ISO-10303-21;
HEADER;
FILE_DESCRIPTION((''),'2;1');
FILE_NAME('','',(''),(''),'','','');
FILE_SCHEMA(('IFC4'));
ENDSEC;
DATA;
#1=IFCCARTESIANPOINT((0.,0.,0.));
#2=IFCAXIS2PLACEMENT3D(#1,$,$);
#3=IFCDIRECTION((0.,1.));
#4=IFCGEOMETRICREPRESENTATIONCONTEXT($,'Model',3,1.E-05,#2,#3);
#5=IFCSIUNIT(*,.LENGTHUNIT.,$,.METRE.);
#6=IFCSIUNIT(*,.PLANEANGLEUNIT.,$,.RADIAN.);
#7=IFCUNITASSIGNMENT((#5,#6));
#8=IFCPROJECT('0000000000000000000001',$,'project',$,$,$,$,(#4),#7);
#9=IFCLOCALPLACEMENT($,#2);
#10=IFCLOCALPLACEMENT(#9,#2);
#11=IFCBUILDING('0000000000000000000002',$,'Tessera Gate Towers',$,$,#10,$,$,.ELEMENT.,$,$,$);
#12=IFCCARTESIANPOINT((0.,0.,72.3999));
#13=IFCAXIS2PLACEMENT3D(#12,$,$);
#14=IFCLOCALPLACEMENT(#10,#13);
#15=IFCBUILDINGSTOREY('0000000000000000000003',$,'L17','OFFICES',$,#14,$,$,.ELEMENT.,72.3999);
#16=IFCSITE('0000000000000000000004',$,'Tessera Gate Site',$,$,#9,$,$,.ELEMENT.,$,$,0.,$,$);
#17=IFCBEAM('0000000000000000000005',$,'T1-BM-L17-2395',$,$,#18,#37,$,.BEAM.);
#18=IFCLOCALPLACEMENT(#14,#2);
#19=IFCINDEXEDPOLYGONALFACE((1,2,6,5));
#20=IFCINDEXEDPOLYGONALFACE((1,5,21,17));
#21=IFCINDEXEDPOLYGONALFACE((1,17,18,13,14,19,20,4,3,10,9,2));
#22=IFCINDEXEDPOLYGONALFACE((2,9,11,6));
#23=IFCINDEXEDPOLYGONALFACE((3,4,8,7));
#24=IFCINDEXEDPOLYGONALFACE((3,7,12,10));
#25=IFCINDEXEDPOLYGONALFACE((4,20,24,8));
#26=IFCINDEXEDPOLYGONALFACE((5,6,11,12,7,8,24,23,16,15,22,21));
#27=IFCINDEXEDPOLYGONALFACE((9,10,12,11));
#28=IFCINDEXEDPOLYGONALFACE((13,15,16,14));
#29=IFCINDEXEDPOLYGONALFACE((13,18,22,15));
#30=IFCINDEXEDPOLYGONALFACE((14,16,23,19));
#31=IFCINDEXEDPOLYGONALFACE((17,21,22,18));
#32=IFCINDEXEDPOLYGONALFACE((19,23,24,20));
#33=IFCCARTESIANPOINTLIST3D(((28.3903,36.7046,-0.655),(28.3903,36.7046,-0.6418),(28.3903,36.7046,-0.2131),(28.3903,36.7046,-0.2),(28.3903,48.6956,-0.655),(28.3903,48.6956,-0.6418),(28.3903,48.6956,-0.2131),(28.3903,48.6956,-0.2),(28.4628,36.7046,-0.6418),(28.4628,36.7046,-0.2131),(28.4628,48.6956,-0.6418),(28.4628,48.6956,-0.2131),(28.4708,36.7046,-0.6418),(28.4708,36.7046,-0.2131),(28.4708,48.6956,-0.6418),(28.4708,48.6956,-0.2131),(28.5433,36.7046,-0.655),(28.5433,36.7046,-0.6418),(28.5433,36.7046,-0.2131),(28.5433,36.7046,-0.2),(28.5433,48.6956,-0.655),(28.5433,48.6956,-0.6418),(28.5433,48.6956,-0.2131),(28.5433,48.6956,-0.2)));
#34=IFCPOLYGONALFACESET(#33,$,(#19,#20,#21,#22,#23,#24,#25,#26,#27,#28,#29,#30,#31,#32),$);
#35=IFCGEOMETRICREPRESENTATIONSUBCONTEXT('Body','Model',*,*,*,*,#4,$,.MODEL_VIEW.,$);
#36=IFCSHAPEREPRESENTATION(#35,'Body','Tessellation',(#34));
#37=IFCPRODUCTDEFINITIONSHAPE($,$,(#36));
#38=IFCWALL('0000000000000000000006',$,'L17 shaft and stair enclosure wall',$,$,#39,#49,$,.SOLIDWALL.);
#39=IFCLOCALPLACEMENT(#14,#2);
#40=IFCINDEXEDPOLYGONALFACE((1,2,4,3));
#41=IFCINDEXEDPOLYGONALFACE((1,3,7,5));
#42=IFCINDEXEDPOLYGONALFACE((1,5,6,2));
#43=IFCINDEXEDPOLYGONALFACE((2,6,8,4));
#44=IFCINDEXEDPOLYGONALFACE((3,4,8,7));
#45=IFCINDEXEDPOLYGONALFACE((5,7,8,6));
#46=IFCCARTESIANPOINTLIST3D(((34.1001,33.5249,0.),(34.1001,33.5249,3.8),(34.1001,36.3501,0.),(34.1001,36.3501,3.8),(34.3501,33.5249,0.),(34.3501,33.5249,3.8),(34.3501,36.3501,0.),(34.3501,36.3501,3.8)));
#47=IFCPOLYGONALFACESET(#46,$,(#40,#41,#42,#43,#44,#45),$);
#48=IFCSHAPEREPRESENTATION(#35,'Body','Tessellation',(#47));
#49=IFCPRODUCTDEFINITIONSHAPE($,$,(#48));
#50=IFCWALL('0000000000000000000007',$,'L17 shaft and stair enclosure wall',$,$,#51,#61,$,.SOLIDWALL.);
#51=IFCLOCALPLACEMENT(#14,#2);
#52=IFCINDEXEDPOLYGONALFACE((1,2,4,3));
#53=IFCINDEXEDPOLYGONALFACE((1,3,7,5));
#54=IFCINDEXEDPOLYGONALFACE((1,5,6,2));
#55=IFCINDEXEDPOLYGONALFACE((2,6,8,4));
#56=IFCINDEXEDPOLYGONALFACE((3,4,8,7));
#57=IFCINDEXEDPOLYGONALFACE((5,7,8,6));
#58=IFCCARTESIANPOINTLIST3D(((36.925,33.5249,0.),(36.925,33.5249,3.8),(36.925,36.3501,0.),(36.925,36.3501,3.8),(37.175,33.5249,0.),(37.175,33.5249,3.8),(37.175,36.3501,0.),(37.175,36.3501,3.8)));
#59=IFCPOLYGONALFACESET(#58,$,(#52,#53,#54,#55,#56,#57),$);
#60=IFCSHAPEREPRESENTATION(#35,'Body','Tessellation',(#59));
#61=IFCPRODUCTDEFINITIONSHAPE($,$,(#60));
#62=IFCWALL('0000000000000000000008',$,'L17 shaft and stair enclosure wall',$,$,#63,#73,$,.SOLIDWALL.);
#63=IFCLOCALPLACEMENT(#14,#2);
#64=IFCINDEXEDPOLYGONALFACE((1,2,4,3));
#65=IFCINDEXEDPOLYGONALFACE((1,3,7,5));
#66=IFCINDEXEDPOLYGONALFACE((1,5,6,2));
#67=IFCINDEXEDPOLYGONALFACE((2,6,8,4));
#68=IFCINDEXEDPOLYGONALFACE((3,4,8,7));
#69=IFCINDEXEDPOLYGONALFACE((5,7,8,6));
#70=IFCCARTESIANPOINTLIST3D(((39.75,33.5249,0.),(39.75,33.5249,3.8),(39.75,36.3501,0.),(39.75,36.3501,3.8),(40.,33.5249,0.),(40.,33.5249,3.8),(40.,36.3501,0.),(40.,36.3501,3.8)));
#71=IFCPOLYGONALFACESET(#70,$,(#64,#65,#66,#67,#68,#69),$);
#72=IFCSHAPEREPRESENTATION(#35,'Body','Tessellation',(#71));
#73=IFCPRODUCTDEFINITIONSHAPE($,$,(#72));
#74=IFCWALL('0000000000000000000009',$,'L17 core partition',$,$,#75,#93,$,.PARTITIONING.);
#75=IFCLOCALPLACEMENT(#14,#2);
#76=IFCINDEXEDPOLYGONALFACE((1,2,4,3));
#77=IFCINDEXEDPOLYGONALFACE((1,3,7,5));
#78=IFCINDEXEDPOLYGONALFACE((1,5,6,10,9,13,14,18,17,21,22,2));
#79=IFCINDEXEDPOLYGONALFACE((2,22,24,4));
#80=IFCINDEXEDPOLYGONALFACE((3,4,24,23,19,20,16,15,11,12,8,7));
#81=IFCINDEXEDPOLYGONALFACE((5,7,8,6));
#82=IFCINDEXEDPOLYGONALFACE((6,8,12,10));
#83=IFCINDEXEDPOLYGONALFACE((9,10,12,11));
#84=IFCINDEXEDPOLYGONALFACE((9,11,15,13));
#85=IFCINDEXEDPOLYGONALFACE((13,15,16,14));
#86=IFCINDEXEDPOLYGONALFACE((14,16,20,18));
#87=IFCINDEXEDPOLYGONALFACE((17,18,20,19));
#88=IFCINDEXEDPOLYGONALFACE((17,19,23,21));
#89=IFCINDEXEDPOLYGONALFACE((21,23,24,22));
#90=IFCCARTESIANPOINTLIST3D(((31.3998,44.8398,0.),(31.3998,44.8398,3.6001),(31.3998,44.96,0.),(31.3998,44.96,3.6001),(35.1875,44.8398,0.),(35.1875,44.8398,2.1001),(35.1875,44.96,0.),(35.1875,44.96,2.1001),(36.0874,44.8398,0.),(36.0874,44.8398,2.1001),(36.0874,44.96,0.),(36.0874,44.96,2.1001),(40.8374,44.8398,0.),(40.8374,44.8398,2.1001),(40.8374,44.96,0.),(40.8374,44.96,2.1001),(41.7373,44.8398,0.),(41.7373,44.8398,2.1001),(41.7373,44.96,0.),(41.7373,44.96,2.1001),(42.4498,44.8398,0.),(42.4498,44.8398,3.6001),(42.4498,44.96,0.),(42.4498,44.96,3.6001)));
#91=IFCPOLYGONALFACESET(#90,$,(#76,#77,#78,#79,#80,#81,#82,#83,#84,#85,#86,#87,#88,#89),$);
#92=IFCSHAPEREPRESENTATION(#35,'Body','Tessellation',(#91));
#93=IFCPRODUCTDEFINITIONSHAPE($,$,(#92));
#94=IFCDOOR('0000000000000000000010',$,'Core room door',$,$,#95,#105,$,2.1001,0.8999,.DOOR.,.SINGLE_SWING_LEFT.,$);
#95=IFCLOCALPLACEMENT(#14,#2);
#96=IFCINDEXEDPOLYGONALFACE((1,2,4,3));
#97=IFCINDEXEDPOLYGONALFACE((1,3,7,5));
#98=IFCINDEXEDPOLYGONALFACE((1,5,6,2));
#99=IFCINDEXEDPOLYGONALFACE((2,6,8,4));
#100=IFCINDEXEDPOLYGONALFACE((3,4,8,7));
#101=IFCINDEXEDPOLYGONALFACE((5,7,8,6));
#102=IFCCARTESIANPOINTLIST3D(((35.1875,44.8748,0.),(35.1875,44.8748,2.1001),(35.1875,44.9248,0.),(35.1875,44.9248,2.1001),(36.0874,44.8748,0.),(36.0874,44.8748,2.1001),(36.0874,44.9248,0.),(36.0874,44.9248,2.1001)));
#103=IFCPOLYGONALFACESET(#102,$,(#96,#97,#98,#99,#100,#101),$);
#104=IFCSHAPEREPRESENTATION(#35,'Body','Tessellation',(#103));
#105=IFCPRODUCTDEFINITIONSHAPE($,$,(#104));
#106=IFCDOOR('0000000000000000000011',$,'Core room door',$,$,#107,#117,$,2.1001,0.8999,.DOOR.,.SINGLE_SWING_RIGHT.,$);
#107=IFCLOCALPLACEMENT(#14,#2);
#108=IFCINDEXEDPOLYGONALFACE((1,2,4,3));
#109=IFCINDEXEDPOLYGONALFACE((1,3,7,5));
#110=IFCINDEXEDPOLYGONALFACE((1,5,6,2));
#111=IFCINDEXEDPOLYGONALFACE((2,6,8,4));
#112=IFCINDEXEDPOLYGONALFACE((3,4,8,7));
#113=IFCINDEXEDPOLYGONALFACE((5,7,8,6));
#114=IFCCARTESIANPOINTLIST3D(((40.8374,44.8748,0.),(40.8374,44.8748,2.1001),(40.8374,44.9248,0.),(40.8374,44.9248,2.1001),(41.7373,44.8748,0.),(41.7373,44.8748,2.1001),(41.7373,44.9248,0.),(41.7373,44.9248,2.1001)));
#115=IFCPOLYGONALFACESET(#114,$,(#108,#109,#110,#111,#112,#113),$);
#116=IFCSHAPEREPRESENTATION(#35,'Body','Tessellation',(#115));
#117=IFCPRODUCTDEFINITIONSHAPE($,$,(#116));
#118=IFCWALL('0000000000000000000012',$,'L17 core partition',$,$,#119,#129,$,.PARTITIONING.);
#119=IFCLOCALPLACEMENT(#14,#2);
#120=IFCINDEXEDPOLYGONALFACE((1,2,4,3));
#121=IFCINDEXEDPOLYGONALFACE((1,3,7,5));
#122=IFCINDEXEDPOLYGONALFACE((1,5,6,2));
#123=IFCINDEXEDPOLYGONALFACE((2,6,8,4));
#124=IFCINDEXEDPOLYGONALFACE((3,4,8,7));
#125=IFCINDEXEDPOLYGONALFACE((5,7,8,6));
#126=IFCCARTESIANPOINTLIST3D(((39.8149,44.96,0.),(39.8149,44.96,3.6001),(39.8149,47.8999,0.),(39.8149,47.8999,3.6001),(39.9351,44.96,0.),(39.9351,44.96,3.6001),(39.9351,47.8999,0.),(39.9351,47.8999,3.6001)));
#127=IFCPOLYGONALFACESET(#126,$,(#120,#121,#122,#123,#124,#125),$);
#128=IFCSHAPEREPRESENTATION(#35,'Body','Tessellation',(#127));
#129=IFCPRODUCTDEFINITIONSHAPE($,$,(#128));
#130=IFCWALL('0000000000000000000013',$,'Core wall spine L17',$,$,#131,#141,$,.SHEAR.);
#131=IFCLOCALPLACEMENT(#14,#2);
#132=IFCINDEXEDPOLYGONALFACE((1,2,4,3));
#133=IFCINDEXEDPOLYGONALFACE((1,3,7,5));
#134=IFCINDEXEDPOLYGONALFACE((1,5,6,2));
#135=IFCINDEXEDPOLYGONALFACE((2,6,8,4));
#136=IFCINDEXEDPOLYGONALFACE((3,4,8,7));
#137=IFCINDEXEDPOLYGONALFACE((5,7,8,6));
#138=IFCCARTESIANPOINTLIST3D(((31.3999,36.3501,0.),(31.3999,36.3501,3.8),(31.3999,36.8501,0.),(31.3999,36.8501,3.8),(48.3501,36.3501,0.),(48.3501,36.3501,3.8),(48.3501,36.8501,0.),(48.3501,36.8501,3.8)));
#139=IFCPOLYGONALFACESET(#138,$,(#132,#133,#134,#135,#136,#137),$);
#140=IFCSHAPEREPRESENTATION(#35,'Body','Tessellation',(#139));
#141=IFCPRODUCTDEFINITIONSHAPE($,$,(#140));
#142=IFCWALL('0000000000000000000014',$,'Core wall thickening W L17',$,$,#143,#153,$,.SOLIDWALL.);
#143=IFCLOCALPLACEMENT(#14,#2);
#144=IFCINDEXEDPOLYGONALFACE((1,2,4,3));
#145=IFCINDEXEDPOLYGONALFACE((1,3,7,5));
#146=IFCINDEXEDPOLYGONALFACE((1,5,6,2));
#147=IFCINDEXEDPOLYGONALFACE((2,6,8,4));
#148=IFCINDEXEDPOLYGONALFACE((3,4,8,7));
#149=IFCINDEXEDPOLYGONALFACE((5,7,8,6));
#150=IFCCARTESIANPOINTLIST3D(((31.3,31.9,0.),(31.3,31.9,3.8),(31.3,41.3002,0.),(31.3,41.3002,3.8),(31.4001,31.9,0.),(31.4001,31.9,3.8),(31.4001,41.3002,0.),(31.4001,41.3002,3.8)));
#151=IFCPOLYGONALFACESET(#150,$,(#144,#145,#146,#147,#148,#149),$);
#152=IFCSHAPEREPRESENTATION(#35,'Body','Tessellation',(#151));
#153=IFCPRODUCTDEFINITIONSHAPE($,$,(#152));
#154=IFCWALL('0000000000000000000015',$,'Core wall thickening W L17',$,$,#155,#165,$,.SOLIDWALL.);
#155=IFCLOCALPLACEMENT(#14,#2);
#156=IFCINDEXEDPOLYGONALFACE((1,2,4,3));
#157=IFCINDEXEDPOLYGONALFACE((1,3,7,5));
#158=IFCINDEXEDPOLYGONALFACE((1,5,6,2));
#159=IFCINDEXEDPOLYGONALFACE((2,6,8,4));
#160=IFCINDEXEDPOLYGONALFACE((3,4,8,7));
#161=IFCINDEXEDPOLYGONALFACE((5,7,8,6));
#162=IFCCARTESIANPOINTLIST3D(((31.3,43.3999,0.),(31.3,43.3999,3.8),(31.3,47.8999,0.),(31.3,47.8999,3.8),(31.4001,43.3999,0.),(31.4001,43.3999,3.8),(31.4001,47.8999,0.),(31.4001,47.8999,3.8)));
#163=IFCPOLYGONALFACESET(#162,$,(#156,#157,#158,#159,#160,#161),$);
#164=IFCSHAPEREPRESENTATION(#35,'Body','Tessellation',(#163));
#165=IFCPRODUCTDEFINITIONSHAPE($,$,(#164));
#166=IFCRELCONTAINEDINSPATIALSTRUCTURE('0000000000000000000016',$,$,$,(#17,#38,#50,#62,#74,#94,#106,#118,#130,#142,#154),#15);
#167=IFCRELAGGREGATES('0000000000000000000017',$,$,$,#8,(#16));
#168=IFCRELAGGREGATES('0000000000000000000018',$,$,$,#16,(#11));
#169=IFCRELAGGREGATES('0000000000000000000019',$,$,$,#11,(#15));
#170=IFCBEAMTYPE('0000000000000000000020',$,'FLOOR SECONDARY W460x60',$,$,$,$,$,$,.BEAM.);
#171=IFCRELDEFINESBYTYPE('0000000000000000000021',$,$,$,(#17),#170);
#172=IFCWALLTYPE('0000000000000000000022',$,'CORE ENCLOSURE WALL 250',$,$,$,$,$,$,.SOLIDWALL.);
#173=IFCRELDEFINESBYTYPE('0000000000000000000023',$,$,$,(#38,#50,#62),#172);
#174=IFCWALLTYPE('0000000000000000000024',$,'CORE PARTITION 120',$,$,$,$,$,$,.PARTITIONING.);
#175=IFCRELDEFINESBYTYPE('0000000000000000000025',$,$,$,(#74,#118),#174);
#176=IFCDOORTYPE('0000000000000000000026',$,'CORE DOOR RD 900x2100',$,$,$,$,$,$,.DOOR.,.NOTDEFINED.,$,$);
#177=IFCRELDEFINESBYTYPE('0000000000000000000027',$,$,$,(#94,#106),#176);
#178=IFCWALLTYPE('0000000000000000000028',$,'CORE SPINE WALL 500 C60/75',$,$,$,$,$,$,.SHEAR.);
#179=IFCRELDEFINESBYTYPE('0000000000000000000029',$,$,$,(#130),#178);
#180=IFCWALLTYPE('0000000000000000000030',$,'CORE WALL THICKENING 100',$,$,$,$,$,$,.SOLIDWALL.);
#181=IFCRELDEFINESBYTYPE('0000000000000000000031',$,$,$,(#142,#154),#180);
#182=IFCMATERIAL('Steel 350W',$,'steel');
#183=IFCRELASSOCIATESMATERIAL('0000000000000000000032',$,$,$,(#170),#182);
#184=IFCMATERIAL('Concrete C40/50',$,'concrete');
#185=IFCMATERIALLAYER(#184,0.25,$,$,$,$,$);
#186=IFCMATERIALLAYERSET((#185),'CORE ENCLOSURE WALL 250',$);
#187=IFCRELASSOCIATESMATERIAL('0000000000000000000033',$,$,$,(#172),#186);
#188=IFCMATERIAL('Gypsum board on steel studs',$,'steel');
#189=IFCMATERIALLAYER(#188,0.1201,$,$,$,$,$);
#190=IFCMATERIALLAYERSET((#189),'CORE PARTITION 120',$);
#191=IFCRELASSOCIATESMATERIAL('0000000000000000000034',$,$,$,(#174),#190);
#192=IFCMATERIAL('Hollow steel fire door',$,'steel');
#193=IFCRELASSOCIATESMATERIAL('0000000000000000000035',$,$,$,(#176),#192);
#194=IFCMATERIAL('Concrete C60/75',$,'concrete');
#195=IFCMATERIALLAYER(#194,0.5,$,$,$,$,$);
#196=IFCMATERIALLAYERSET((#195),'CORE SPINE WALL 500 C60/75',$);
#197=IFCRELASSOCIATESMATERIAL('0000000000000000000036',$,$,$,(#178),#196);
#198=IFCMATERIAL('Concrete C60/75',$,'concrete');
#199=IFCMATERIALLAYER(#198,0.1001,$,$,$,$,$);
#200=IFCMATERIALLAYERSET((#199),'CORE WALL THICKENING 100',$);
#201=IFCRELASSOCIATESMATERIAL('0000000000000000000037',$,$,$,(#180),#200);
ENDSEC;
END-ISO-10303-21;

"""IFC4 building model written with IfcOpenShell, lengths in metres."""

from ifc_helpers import new_model, si_unit, direction, frame, frame_2d, origin, origin_2d, place, context, subcontext, project, spatial, rectangle, i_section, extrude, source, transform, mapped, material, layer, layer_set, material_profile, profile_set, type_object, element, fill, save


model = new_model("IFC4")

# Units and contexts
model_context = context("Model", 3, precision=1e-05, world=origin(), true_north=direction((0.0, 1.0)))
body_context = subcontext(model_context, "Body", "Model", "MODEL_VIEW")
ifc_project = project(units=[si_unit("LENGTHUNIT", "METRE"), si_unit("PLANEANGLEUNIT", "RADIAN")], contexts=[model_context])

# Site, building, storey
site_placement = place(None, origin())
site = spatial("IfcSite", under=ifc_project, at=site_placement, Name="Tessera Gate Site", CompositionType="ELEMENT", RefElevation=0.0)
building_placement = place(site_placement, origin())
building = spatial("IfcBuilding", under=site, at=building_placement, Name="Tessera Gate Towers", CompositionType="ELEMENT")
storey_placement = place(building_placement, frame((0.0, 0.0, 72.3999)))
storey = spatial("IfcBuildingStorey", under=building, at=storey_placement, Name="L17", Description="OFFICES", CompositionType="ELEMENT", Elevation=72.3999)

# Beam
ifc_material_1 = material(Name="Steel 350W", Category="steel")
ifc_material_profile = material_profile(ifc_material_1, i_section(OverallWidth=0.1531, OverallDepth=0.4551, WebThickness=0.0081, FlangeThickness=0.0132, at=origin_2d()), Name="W460x60")
ifc_profile_set = profile_set([ifc_material_profile], Name="Steel 350W")
beam_type = type_object("IfcBeamType", Name="FLOOR SECONDARY W460x60", PredefinedType="BEAM", material=ifc_profile_set)
beam_placement = place(storey_placement, frame((28.4668, 36.7046, -0.4275), z_axis=(0.0, 1.0, 0.0), x_axis=(-1.0, 0.0, 0.0)))
element("IfcBeam", 1, at=beam_placement, inside=storey, type_object=beam_type, Name="T1-BM-L17-2395", PredefinedType="BEAM", context=body_context, shape_type="SweptSolid", body=[
    extrude(i_section(OverallWidth=0.1531, OverallDepth=0.4551, WebThickness=0.0081, FlangeThickness=0.0132, at=origin_2d()), origin(), (0.0, 0.0, 1.0), 11.991),
])

# Walls
ifc_material_2 = material(Name="Concrete C40/50", Category="concrete")
ifc_layer_1 = layer(ifc_material_2, 0.25)
ifc_layer_set_1 = layer_set([ifc_layer_1], Name="CORE ENCLOSURE WALL 250")
wall_type_1 = type_object("IfcWallType", Name="CORE ENCLOSURE WALL 250", PredefinedType="SOLIDWALL", material=ifc_layer_set_1)
for number, where, z_axis, x_axis, name in (
    (2, (34.2251, 33.5249, 0.0), (0.0, 0.0, 1.0), (0.0, 1.0, 0.0), "L17 shaft and stair enclosure wall"),
    (3, (37.05, 33.5249, 0.0), (0.0, 0.0, 1.0), (0.0, 1.0, 0.0), "L17 shaft and stair enclosure wall"),
    (4, (39.875, 33.5249, 0.0), (0.0, 0.0, 1.0), (0.0, 1.0, 0.0), "L17 shaft and stair enclosure wall"),
):
    element("IfcWall", number, at=place(storey_placement, frame(where, z_axis=z_axis, x_axis=x_axis)), inside=storey, type_object=wall_type_1, Name=name, PredefinedType="SOLIDWALL", context=body_context, shape_type="SweptSolid", body=[
        extrude(rectangle(XDim=2.8252, YDim=0.25, at=frame_2d((1.4126, 0.0))), origin(), (0.0, 0.0, 1.0), 3.8),
    ])

# Wall, openings, doors
ifc_material_3 = material(Name="Gypsum board on steel studs", Category="steel")
ifc_layer_2 = layer(ifc_material_3, 0.1201)
ifc_layer_set_2 = layer_set([ifc_layer_2], Name="CORE PARTITION 120")
wall_type_2 = type_object("IfcWallType", Name="CORE PARTITION 120", PredefinedType="PARTITIONING", material=ifc_layer_set_2)
wall_1_placement = place(storey_placement, frame((31.3999, 44.8999, 0.0), z_axis=(0.0, 0.0, 1.0), x_axis=(1.0, 0.0, 0.0)))
wall_1 = element("IfcWall", 5, at=wall_1_placement, inside=storey, type_object=wall_type_2, Name="L17 core partition", PredefinedType="PARTITIONING", context=body_context, shape_type="SweptSolid", body=[
    extrude(rectangle(XDim=11.05, YDim=0.1201, at=frame_2d((5.5249, 0.0))), origin(), (0.0, 0.0, 1.0), 3.6001),
])
shared_shape_1 = source(origin(), body_context, "Body", "SweptSolid", [
    extrude(rectangle(XDim=0.8999, YDim=2.1001, at=frame_2d((0.45, 1.05))), frame((0.0, 0.0701, 0.0), z_axis=(0.0, -1.0, 0.0), x_axis=(1.0, 0.0, 0.0)), (0.0, 0.0, 1.0), 0.1401),
])
opening_1_placement = place(wall_1_placement, frame((3.7876, 0.0, 0.0)))
opening_1 = element("IfcOpeningElement", 6, at=opening_1_placement, cuts=wall_1, PredefinedType="OPENING", context=body_context, shape_type="MappedRepresentation", body=[
    mapped(shared_shape_1, transform((0.0, 0.0, 0.0), scale=1.0)),
])
opening_2_placement = place(wall_1_placement, frame((9.4375, 0.0, 0.0)))
opening_2 = element("IfcOpeningElement", 7, at=opening_2_placement, cuts=wall_1, PredefinedType="OPENING", context=body_context, shape_type="MappedRepresentation", body=[
    mapped(shared_shape_1, transform((0.0, 0.0, 0.0), scale=1.0)),
])
ifc_material_4 = material(Name="Hollow steel fire door", Category="steel")
door_type_1 = type_object("IfcDoorType", Name="CORE DOOR RD 900x2100", OperationType="NOTDEFINED", PredefinedType="DOOR", material=ifc_material_4)
shared_shape_2 = source(origin(), body_context, "Body", "SweptSolid", [
    extrude(rectangle(XDim=0.8999, YDim=2.1001, at=frame_2d((0.45, 1.05))), frame((0.0, 0.0249, 0.0), z_axis=(0.0, -1.0, 0.0), x_axis=(1.0, 0.0, 0.0)), (0.0, 0.0, 1.0), 0.05),
])
door_1_placement = place(opening_1_placement, origin())
door_1 = element("IfcDoor", 8, at=door_1_placement, inside=storey, type_object=door_type_1, Name="Core room door", OperationType="SINGLE_SWING_LEFT", OverallHeight=2.1001, OverallWidth=0.8999, PredefinedType="DOOR", context=body_context, shape_type="MappedRepresentation", body=[
    mapped(shared_shape_2, transform((0.0, 0.0, 0.0), scale=1.0)),
])
fill(opening_1, door_1)
door_2_placement = place(opening_2_placement, origin())
door_2 = element("IfcDoor", 9, at=door_2_placement, inside=storey, type_object=door_type_1, Name="Core room door", OperationType="SINGLE_SWING_RIGHT", OverallHeight=2.1001, OverallWidth=0.8999, PredefinedType="DOOR", context=body_context, shape_type="MappedRepresentation", body=[
    mapped(shared_shape_2, transform((0.0, 0.0, 0.0), scale=1.0)),
])
fill(opening_2, door_2)

# Walls
wall_2_placement = place(storey_placement, frame((39.875, 44.96, 0.0), z_axis=(0.0, 0.0, 1.0), x_axis=(0.0, 1.0, 0.0)))
element("IfcWall", 10, at=wall_2_placement, inside=storey, type_object=wall_type_2, Name="L17 core partition", PredefinedType="PARTITIONING", context=body_context, shape_type="SweptSolid", body=[
    extrude(rectangle(XDim=2.9399, YDim=0.1201, at=frame_2d((1.47, 0.0))), origin(), (0.0, 0.0, 1.0), 3.6001),
])
ifc_material_5 = material(Name="Concrete C60/75", Category="concrete")
ifc_layer_3 = layer(ifc_material_5, 0.5)
ifc_layer_set_3 = layer_set([ifc_layer_3], Name="CORE SPINE WALL 500 C60/75")
wall_type_3 = type_object("IfcWallType", Name="CORE SPINE WALL 500 C60/75", PredefinedType="SHEAR", material=ifc_layer_set_3)
wall_3_placement = place(storey_placement, frame((31.3999, 36.6001, 0.0), z_axis=(0.0, 0.0, 1.0), x_axis=(1.0, 0.0, 0.0)))
element("IfcWall", 11, at=wall_3_placement, inside=storey, type_object=wall_type_3, Name="Core wall spine L17", PredefinedType="SHEAR", context=body_context, shape_type="SweptSolid", body=[
    extrude(rectangle(XDim=16.9502, YDim=0.5, at=frame_2d((8.4751, 0.0))), origin(), (0.0, 0.0, 1.0), 3.8),
])
ifc_material_6 = material(Name="Concrete C60/75", Category="concrete")
ifc_layer_4 = layer(ifc_material_6, 0.1001)
ifc_layer_set_4 = layer_set([ifc_layer_4], Name="CORE WALL THICKENING 100")
wall_type_4 = type_object("IfcWallType", Name="CORE WALL THICKENING 100", PredefinedType="SOLIDWALL", material=ifc_layer_set_4)
wall_4_placement = place(storey_placement, frame((31.3501, 31.8999, 0.0), z_axis=(0.0, 0.0, 1.0), x_axis=(0.0, 1.0, 0.0)))
element("IfcWall", 12, at=wall_4_placement, inside=storey, type_object=wall_type_4, Name="Core wall thickening W L17", PredefinedType="SOLIDWALL", context=body_context, shape_type="SweptSolid", body=[
    extrude(rectangle(XDim=9.4001, YDim=0.1001, at=frame_2d((4.7002, 0.0))), origin(), (0.0, 0.0, 1.0), 3.8),
])
wall_5_placement = place(storey_placement, frame((31.3501, 43.3999, 0.0), z_axis=(0.0, 0.0, 1.0), x_axis=(0.0, 1.0, 0.0)))
element("IfcWall", 13, at=wall_5_placement, inside=storey, type_object=wall_type_4, Name="Core wall thickening W L17", PredefinedType="SOLIDWALL", context=body_context, shape_type="SweptSolid", body=[
    extrude(rectangle(XDim=4.5, YDim=0.1001, at=frame_2d((2.25, 0.0))), origin(), (0.0, 0.0, 1.0), 3.8),
])

save(model, "model.ifc")
